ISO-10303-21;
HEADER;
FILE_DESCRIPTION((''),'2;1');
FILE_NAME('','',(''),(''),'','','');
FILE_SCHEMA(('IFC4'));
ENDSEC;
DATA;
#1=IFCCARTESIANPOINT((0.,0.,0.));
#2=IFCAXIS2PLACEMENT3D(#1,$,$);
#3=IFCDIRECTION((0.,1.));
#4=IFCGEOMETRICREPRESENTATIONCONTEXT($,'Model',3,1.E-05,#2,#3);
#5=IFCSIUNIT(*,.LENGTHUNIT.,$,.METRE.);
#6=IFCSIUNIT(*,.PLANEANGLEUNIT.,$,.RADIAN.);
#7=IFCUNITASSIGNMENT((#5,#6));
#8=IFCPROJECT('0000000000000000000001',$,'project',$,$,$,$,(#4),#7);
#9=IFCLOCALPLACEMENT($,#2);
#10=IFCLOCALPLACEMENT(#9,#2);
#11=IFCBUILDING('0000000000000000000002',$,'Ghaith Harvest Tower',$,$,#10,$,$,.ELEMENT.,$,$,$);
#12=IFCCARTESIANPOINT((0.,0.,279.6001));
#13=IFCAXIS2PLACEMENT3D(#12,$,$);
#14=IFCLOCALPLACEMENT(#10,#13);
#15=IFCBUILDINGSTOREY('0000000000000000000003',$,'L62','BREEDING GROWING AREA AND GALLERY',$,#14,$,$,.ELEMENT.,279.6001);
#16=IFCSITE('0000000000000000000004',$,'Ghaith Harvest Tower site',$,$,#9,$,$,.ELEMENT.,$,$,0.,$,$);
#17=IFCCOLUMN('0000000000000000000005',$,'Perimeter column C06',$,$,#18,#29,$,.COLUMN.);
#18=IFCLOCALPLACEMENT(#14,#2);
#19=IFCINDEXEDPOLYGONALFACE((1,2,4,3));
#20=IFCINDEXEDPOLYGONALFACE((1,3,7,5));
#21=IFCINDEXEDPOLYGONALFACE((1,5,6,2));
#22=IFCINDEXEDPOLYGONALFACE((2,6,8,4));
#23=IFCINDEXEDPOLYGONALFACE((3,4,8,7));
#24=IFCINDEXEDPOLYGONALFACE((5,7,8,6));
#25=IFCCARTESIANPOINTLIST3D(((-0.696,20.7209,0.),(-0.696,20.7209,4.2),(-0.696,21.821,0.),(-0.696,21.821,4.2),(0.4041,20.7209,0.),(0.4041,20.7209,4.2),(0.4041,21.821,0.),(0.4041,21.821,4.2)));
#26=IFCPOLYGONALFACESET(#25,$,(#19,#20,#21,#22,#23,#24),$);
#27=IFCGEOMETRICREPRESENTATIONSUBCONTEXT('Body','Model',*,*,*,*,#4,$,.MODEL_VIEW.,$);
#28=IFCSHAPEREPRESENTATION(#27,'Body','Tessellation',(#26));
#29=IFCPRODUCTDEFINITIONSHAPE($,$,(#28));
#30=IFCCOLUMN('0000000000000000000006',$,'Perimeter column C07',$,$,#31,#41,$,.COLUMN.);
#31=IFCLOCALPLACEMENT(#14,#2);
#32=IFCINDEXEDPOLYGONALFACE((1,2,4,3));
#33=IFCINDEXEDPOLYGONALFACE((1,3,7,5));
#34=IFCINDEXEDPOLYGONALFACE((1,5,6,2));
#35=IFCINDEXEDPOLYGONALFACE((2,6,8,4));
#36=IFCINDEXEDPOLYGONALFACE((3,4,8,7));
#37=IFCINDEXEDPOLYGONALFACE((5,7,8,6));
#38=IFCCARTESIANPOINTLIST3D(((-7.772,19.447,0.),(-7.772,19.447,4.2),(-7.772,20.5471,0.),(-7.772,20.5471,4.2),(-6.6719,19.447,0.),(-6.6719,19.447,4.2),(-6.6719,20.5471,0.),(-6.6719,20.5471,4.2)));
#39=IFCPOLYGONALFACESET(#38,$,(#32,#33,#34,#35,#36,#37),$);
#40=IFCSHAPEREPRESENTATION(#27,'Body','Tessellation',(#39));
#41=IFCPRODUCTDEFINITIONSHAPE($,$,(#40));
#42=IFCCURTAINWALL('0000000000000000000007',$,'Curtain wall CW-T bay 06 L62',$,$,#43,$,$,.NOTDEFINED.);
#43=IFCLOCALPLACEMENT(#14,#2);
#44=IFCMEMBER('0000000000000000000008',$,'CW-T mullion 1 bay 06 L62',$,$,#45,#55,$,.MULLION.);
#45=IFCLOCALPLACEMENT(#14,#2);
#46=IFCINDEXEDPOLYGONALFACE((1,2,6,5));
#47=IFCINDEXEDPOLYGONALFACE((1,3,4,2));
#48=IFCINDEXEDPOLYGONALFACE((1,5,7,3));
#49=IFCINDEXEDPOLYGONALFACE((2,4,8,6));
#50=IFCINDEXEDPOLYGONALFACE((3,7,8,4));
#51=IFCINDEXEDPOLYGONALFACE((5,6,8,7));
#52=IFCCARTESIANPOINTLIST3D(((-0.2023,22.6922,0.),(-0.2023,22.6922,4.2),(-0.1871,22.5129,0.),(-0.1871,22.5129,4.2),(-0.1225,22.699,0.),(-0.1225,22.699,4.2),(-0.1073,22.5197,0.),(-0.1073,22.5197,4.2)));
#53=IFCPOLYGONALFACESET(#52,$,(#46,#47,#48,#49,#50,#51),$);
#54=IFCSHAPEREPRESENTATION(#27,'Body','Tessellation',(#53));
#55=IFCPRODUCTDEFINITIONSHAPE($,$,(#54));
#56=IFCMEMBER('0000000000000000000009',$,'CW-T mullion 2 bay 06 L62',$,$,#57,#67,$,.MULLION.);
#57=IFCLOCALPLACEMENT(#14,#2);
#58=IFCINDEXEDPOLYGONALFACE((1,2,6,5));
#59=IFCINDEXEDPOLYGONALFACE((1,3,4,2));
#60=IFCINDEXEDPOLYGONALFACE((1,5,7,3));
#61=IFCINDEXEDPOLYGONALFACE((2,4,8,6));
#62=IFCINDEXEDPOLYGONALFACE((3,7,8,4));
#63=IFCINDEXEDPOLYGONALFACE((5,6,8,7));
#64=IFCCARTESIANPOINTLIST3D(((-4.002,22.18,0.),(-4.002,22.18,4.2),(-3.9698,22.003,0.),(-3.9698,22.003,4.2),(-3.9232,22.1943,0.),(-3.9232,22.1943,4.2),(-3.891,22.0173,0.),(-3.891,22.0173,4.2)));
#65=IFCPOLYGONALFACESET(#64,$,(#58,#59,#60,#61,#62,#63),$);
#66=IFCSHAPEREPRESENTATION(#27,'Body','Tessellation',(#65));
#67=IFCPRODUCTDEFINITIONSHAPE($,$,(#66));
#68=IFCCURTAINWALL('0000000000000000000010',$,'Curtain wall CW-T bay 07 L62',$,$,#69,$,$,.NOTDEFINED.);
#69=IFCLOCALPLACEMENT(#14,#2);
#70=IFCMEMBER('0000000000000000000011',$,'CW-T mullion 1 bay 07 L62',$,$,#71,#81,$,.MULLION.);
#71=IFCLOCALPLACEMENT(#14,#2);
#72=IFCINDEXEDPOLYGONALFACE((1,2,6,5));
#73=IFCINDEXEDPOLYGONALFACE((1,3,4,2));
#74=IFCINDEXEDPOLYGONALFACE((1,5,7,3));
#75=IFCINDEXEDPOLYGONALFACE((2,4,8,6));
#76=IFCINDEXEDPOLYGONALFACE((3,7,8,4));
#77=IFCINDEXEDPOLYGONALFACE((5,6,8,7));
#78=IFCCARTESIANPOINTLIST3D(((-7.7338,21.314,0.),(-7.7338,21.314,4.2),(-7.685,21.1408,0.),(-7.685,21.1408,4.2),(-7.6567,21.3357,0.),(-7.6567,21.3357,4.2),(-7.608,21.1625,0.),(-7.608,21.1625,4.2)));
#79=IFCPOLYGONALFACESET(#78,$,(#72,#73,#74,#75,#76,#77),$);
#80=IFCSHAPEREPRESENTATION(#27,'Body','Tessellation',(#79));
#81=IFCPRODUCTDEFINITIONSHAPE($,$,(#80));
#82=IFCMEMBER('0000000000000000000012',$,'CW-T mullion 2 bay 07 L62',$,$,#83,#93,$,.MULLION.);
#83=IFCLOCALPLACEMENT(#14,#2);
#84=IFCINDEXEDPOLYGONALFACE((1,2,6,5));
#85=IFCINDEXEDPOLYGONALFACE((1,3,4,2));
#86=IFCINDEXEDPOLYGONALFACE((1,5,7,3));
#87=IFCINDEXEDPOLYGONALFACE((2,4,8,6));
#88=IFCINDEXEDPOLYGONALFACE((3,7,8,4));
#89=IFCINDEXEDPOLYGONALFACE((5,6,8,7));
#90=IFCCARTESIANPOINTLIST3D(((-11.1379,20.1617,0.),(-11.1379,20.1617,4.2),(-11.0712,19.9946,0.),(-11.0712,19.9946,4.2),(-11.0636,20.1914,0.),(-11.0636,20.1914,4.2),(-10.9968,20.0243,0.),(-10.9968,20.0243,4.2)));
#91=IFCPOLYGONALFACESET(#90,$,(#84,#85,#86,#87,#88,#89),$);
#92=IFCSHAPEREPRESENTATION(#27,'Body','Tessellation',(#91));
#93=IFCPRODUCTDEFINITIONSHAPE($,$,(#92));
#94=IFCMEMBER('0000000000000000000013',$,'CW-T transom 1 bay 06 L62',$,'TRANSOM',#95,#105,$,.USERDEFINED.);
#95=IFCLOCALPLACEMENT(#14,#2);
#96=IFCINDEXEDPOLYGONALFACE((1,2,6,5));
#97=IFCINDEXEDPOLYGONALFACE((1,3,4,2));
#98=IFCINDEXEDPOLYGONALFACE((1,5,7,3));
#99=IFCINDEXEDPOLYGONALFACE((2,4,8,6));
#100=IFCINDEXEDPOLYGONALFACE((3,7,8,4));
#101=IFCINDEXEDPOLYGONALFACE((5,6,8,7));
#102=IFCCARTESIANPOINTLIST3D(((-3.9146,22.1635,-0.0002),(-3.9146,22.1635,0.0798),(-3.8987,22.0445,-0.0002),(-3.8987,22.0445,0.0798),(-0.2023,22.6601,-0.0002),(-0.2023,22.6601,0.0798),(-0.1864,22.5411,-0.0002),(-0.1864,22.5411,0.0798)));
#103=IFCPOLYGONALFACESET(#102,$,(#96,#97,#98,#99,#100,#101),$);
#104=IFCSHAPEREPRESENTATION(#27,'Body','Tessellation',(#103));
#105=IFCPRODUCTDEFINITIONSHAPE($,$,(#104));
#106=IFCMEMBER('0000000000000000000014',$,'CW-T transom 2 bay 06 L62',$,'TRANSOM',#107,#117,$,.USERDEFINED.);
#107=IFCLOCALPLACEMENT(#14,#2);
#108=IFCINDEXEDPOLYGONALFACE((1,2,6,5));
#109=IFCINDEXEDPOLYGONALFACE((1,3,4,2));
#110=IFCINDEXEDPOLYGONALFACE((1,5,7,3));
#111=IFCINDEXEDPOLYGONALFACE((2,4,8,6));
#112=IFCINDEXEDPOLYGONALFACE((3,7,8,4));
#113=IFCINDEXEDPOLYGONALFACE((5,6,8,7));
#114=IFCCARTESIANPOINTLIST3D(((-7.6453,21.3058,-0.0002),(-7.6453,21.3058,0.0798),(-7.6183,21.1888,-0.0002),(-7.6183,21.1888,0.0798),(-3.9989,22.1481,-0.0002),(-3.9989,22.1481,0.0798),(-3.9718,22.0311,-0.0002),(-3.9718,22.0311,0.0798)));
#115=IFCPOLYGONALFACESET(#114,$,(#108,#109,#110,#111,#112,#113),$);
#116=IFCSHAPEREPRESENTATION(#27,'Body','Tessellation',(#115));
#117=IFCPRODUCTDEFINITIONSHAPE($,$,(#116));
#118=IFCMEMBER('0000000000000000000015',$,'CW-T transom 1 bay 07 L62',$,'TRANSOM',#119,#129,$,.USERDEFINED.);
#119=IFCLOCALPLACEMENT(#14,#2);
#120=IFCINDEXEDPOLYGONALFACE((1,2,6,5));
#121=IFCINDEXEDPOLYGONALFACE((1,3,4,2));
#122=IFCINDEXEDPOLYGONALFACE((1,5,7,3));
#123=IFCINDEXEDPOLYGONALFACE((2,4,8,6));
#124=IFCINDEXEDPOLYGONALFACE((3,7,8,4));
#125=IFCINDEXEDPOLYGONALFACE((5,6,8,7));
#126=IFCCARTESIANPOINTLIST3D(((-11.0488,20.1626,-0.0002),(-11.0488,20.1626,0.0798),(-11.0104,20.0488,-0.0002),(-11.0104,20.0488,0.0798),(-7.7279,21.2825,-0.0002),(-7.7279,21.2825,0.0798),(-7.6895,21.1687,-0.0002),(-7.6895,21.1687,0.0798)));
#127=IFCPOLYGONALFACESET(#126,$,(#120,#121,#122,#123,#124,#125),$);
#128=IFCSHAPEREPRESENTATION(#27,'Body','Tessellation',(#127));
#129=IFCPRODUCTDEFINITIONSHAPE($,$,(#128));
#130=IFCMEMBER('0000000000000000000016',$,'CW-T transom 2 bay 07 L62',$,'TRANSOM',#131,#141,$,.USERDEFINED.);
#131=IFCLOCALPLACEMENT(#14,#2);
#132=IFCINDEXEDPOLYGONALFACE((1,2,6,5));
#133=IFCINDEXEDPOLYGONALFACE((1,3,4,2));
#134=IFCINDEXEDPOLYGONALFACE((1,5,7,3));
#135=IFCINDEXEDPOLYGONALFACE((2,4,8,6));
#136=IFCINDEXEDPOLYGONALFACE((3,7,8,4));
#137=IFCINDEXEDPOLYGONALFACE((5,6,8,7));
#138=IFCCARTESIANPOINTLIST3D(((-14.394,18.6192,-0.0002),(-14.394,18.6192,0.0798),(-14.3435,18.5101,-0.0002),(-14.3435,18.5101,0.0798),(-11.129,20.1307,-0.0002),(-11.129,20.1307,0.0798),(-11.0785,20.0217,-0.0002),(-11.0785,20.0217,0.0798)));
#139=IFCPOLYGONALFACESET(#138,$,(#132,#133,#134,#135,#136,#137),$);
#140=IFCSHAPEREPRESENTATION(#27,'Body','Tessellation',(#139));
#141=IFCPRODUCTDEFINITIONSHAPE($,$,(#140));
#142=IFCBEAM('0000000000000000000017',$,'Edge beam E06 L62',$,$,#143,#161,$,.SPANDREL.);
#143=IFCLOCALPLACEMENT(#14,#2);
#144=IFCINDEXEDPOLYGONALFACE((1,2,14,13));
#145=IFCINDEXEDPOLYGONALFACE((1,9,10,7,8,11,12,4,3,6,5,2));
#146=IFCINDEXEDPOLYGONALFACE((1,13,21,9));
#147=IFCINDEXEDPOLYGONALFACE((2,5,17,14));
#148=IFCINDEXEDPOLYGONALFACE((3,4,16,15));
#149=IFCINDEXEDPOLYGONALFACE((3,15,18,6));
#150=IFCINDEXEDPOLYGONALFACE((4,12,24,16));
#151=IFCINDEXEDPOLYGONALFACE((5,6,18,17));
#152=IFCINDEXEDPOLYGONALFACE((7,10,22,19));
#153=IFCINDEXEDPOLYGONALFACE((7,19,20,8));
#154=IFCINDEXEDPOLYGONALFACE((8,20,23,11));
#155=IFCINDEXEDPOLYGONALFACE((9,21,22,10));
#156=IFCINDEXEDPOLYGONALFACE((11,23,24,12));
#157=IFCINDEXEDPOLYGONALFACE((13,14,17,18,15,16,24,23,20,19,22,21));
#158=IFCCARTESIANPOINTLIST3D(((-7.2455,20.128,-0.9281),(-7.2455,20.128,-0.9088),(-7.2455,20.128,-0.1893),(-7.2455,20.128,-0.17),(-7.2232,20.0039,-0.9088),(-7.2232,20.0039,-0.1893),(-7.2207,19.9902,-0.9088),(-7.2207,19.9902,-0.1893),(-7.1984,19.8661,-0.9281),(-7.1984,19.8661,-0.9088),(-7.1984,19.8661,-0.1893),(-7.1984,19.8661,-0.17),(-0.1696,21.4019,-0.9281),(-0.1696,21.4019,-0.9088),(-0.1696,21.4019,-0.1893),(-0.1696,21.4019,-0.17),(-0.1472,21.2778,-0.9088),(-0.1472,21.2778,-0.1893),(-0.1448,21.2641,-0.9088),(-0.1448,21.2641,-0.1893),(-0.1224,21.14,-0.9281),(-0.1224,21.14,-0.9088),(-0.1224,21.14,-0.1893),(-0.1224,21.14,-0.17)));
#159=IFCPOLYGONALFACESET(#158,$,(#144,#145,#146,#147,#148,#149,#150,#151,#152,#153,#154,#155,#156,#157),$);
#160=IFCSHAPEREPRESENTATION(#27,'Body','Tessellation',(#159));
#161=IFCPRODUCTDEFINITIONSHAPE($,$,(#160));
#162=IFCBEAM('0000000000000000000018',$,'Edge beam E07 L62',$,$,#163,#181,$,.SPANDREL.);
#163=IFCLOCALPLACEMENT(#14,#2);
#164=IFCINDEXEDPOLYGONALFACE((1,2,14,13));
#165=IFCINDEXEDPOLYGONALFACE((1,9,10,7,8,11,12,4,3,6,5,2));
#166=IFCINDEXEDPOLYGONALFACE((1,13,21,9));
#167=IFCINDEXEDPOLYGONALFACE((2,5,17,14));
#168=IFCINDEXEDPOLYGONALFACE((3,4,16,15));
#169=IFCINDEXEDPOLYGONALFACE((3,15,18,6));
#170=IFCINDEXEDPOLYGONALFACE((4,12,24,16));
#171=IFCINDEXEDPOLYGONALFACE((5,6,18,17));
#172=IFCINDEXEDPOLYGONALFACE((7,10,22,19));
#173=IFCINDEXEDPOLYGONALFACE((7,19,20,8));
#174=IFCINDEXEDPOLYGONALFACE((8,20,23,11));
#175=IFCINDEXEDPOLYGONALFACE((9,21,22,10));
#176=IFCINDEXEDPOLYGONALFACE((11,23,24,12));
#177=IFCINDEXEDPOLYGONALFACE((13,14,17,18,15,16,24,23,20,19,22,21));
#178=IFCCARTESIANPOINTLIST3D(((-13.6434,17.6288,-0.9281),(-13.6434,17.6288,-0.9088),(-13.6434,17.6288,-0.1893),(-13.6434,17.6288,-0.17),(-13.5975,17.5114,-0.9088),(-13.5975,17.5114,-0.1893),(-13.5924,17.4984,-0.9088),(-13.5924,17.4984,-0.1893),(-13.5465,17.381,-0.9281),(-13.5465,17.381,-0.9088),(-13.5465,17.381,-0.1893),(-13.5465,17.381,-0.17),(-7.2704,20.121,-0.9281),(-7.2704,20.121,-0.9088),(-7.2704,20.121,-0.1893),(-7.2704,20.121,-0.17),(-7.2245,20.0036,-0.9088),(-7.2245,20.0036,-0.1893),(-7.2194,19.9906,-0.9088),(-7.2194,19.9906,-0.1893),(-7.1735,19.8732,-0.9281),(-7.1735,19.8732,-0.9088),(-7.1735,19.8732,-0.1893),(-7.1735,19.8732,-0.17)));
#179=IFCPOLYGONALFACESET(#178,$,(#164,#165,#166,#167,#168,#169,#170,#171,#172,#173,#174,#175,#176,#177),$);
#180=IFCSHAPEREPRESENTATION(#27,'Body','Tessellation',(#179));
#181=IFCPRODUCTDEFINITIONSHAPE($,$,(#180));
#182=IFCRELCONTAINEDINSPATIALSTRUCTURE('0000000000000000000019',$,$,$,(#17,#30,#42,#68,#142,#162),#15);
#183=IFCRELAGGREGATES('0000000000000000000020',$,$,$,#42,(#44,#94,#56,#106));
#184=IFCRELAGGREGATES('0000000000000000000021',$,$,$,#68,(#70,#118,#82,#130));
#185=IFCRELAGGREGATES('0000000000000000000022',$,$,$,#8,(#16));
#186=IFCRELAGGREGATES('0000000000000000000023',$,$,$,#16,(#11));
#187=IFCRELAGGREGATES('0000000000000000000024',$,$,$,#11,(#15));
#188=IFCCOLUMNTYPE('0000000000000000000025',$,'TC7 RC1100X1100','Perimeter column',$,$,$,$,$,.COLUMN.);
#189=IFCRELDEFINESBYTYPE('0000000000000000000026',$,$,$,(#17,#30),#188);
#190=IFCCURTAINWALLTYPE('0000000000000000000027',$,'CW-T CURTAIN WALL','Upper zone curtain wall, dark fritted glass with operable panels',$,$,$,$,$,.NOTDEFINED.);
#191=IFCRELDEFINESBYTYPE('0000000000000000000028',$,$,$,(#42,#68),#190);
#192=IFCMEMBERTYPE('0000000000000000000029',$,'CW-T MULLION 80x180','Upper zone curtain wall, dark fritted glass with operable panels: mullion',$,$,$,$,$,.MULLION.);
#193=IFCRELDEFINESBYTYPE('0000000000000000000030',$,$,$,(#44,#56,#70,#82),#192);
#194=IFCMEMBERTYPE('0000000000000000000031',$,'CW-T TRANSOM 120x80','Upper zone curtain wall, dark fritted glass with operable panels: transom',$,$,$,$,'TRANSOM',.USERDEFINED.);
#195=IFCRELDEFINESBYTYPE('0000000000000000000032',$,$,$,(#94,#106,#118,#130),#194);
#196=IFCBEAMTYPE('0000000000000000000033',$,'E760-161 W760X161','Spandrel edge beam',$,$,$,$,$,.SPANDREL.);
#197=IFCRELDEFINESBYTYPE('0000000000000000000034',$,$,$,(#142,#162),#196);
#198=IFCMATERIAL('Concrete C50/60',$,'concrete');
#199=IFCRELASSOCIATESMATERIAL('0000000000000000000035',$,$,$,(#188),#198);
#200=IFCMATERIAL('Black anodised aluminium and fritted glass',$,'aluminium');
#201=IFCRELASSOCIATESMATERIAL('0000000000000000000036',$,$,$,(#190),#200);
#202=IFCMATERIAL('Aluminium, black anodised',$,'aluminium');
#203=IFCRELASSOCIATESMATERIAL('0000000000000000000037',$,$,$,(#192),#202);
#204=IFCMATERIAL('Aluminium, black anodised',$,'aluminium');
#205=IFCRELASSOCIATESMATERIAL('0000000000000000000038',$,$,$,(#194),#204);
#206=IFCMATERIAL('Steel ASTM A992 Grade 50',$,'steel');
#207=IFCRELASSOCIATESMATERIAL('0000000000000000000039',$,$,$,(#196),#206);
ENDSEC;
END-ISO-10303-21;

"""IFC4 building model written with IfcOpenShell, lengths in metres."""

from ifc_helpers import new_model, si_unit, direction, frame, origin, origin_2d, place, context, subcontext, project, spatial, rectangle, i_section, extrude, material, material_profile, profile_set, type_object, element, aggregate, save


model = new_model("IFC4")

# Units and contexts
model_context = context("Model", 3, precision=1e-05, world=origin(), true_north=direction((0.0, 1.0)))
body_context = subcontext(model_context, "Body", "Model", "MODEL_VIEW")
ifc_project = project(units=[si_unit("LENGTHUNIT", "METRE"), si_unit("PLANEANGLEUNIT", "RADIAN")], contexts=[model_context])

# Site, building, storey
site_placement = place(None, origin())
site = spatial("IfcSite", under=ifc_project, at=site_placement, Name="Ghaith Harvest Tower site", CompositionType="ELEMENT", RefElevation=0.0)
building_placement = place(site_placement, origin())
building = spatial("IfcBuilding", under=site, at=building_placement, Name="Ghaith Harvest Tower", CompositionType="ELEMENT")
storey_placement = place(building_placement, frame((0.0, 0.0, 279.6001)))
storey = spatial("IfcBuildingStorey", under=building, at=storey_placement, Name="L62", Description="BREEDING GROWING AREA AND GALLERY", CompositionType="ELEMENT", Elevation=279.6001)

# Columns
ifc_material_1 = material(Name="Concrete C50/60", Category="concrete")
ifc_material_profile_1 = material_profile(ifc_material_1, rectangle(XDim=1.1001, YDim=1.1001, at=origin_2d()), Name="RC1100X1100")
ifc_profile_set_1 = profile_set([ifc_material_profile_1], Name="Concrete C50/60")
column_type = type_object("IfcColumnType", Name="TC7 RC1100X1100", Description="Perimeter column", PredefinedType="COLUMN", material=ifc_profile_set_1)
for number, where, z_axis, x_axis, name in (
    (1, (-0.146, 21.271, 0.0), (0.0, 0.0, 1.0), (1.0, 0.0, 0.0), "Perimeter column C06"),
    (2, (-7.2219, 19.9971, 0.0), (0.0, 0.0, 1.0), (1.0, 0.0, 0.0), "Perimeter column C07"),
):
    element("IfcColumn", number, at=place(storey_placement, frame(where, z_axis=z_axis, x_axis=x_axis)), inside=storey, type_object=column_type, Name=name, PredefinedType="COLUMN", context=body_context, shape_type="SweptSolid", body=[
        extrude(rectangle(XDim=1.1001, YDim=1.1001, at=origin_2d()), origin(), (0.0, 0.0, 1.0), 4.2),
    ])

# Curtain walls, members
ifc_material_2 = material(Name="Black anodised aluminium and fritted glass", Category="aluminium")
curtain_wall_type = type_object("IfcCurtainWallType", Name="CW-T CURTAIN WALL", Description="Upper zone curtain wall, dark fritted glass with operable panels", PredefinedType="NOTDEFINED", material=ifc_material_2)
curtain_wall_1_placement = place(storey_placement, origin())
curtain_wall_1 = element("IfcCurtainWall", 3, at=curtain_wall_1_placement, inside=storey, type_object=curtain_wall_type, Name="Curtain wall CW-T bay 06 L62", PredefinedType="NOTDEFINED")
ifc_material_3 = material(Name="Aluminium, black anodised", Category="aluminium")
ifc_material_profile_2 = material_profile(ifc_material_3, rectangle(XDim=0.0801, YDim=0.1799, at=origin_2d()), Name="CW-T MULLION 80x180")
ifc_profile_set_2 = profile_set([ifc_material_profile_2], Name="Aluminium, black anodised")
member_type_1 = type_object("IfcMemberType", Name="CW-T MULLION 80x180", Description="Upper zone curtain wall, dark fritted glass with operable panels: mullion", PredefinedType="MULLION", material=ifc_profile_set_2)
member_1_placement = place(storey_placement, frame((-0.1548, 22.606, 0.0), z_axis=(0.0, 0.0, 1.0), x_axis=(-0.996415, -0.084602, 0.0)))
member_1 = element("IfcMember", 4, at=member_1_placement, type_object=member_type_1, Name="CW-T mullion 1 bay 06 L62", PredefinedType="MULLION", context=body_context, shape_type="SweptSolid", body=[
    extrude(rectangle(XDim=0.0801, YDim=0.1799, at=origin_2d()), origin(), (0.0, 0.0, 1.0), 4.2),
])
member_2_placement = place(storey_placement, frame((-3.9465, 22.0986, 0.0), z_axis=(0.0, 0.0, 1.0), x_axis=(-0.983843, -0.179031, 0.0)))
member_2 = element("IfcMember", 5, at=member_2_placement, type_object=member_type_1, Name="CW-T mullion 2 bay 06 L62", PredefinedType="MULLION", context=body_context, shape_type="SweptSolid", body=[
    extrude(rectangle(XDim=0.0801, YDim=0.1799, at=origin_2d()), origin(), (0.0, 0.0, 1.0), 4.2),
])
curtain_wall_2_placement = place(storey_placement, origin())
curtain_wall_2 = element("IfcCurtainWall", 6, at=curtain_wall_2_placement, inside=storey, type_object=curtain_wall_type, Name="Curtain wall CW-T bay 07 L62", PredefinedType="NOTDEFINED")
member_3_placement = place(storey_placement, frame((-7.6709, 21.2383, 0.0), z_axis=(0.0, 0.0, 1.0), x_axis=(-0.962552, -0.271095, 0.0)))
member_3 = element("IfcMember", 7, at=member_3_placement, type_object=member_type_1, Name="CW-T mullion 1 bay 07 L62", PredefinedType="MULLION", context=body_context, shape_type="SweptSolid", body=[
    extrude(rectangle(XDim=0.0801, YDim=0.1799, at=origin_2d()), origin(), (0.0, 0.0, 1.0), 4.2),
])
member_4_placement = place(storey_placement, frame((-11.0674, 20.093, 0.0), z_axis=(0.0, 0.0, 1.0), x_axis=(-0.928624, -0.371021, 0.0)))
member_4 = element("IfcMember", 8, at=member_4_placement, type_object=member_type_1, Name="CW-T mullion 2 bay 07 L62", PredefinedType="MULLION", context=body_context, shape_type="SweptSolid", body=[
    extrude(rectangle(XDim=0.0801, YDim=0.1799, at=origin_2d()), origin(), (0.0, 0.0, 1.0), 4.2),
])

# Members
ifc_material_4 = material(Name="Aluminium, black anodised", Category="aluminium")
ifc_material_profile_3 = material_profile(ifc_material_4, rectangle(XDim=0.1201, YDim=0.0801, at=origin_2d()), Name="CW-T TRANSOM 120x80")
ifc_profile_set_3 = profile_set([ifc_material_profile_3], Name="Aluminium, black anodised")
member_type_2 = type_object("IfcMemberType", Name="CW-T TRANSOM 120x80", Description="Upper zone curtain wall, dark fritted glass with operable panels: transom", ElementType="TRANSOM", PredefinedType="USERDEFINED", material=ifc_profile_set_3)
member_5_placement = place(storey_placement, frame((-0.1943, 22.6006, 0.0398), z_axis=(-0.991172, -0.132582, 0.0), x_axis=(0.132582, -0.991172, 0.0)))
member_5 = element("IfcMember", 9, at=member_5_placement, type_object=member_type_2, Name="CW-T transom 1 bay 06 L62", ObjectType="TRANSOM", PredefinedType="USERDEFINED", context=body_context, shape_type="SweptSolid", body=[
    extrude(rectangle(XDim=0.1201, YDim=0.0801, at=origin_2d()), origin(), (0.0, 0.0, 1.0), 3.7454),
])
member_6_placement = place(storey_placement, frame((-3.9854, 22.0896, 0.0398), z_axis=(-0.974345, -0.22506, 0.0), x_axis=(0.22506, -0.974345, 0.0)))
member_6 = element("IfcMember", 10, at=member_6_placement, type_object=member_type_2, Name="CW-T transom 2 bay 06 L62", ObjectType="TRANSOM", PredefinedType="USERDEFINED", context=body_context, shape_type="SweptSolid", body=[
    extrude(rectangle(XDim=0.1201, YDim=0.0801, at=origin_2d()), origin(), (0.0, 0.0, 1.0), 3.7424),
])
member_7_placement = place(storey_placement, frame((-7.7087, 21.2256, 0.0398), z_axis=(-0.94757, -0.319549, 0.0), x_axis=(0.319549, -0.94757, 0.0)))
member_7 = element("IfcMember", 11, at=member_7_placement, type_object=member_type_2, Name="CW-T transom 1 bay 07 L62", ObjectType="TRANSOM", PredefinedType="USERDEFINED", context=body_context, shape_type="SweptSolid", body=[
    extrude(rectangle(XDim=0.1201, YDim=0.0801, at=origin_2d()), origin(), (0.0, 0.0, 1.0), 3.5046),
])
member_8_placement = place(storey_placement, frame((-11.1038, 20.0762, 0.0398), z_axis=(-0.907472, -0.420112, 0.0), x_axis=(0.420112, -0.907472, 0.0)))
member_8 = element("IfcMember", 12, at=member_8_placement, type_object=member_type_2, Name="CW-T transom 2 bay 07 L62", ObjectType="TRANSOM", PredefinedType="USERDEFINED", context=body_context, shape_type="SweptSolid", body=[
    extrude(rectangle(XDim=0.1201, YDim=0.0801, at=origin_2d()), origin(), (0.0, 0.0, 1.0), 3.5979),
])

# Beams
ifc_material_5 = material(Name="Steel ASTM A992 Grade 50", Category="steel")
ifc_material_profile_4 = material_profile(ifc_material_5, i_section(OverallWidth=0.2661, OverallDepth=0.7581, WebThickness=0.0139, FlangeThickness=0.0193, at=origin_2d()), Name="W760X161")
ifc_profile_set_4 = profile_set([ifc_material_profile_4], Name="Steel ASTM A992 Grade 50")
beam_type_1 = type_object("IfcBeamType", Name="E760-161 W760X161", Description="Spandrel edge beam", PredefinedType="SPANDREL", material=ifc_profile_set_4)
beam_1_placement = place(storey_placement, frame((-0.146, 21.271, -0.5491), z_axis=(-0.984177, -0.177188, 0.0), x_axis=(0.177188, -0.984177, 0.0)))
element("IfcBeam", 13, at=beam_1_placement, inside=storey, type_object=beam_type_1, Name="Edge beam E06 L62", PredefinedType="SPANDREL", context=body_context, shape_type="SweptSolid", body=[
    extrude(i_section(OverallWidth=0.2661, OverallDepth=0.7581, WebThickness=0.0139, FlangeThickness=0.0193, at=origin_2d()), origin(), (0.0, 0.0, 1.0), 7.1897),
])
beam_2_placement = place(storey_placement, frame((-7.2219, 19.9971, -0.5491), z_axis=(-0.931323, -0.364195, 0.0), x_axis=(0.364195, -0.931323, 0.0)))
element("IfcBeam", 14, at=beam_2_placement, inside=storey, type_object=beam_type_1, Name="Edge beam E07 L62", PredefinedType="SPANDREL", context=body_context, shape_type="SweptSolid", body=[
    extrude(i_section(OverallWidth=0.2661, OverallDepth=0.7581, WebThickness=0.0139, FlangeThickness=0.0193, at=origin_2d()), origin(), (0.0, 0.0, 1.0), 6.843),
])

aggregate(curtain_wall_1, [member_1, member_5, member_2, member_6])
aggregate(curtain_wall_2, [member_3, member_7, member_4, member_8])

save(model, "model.ifc")
